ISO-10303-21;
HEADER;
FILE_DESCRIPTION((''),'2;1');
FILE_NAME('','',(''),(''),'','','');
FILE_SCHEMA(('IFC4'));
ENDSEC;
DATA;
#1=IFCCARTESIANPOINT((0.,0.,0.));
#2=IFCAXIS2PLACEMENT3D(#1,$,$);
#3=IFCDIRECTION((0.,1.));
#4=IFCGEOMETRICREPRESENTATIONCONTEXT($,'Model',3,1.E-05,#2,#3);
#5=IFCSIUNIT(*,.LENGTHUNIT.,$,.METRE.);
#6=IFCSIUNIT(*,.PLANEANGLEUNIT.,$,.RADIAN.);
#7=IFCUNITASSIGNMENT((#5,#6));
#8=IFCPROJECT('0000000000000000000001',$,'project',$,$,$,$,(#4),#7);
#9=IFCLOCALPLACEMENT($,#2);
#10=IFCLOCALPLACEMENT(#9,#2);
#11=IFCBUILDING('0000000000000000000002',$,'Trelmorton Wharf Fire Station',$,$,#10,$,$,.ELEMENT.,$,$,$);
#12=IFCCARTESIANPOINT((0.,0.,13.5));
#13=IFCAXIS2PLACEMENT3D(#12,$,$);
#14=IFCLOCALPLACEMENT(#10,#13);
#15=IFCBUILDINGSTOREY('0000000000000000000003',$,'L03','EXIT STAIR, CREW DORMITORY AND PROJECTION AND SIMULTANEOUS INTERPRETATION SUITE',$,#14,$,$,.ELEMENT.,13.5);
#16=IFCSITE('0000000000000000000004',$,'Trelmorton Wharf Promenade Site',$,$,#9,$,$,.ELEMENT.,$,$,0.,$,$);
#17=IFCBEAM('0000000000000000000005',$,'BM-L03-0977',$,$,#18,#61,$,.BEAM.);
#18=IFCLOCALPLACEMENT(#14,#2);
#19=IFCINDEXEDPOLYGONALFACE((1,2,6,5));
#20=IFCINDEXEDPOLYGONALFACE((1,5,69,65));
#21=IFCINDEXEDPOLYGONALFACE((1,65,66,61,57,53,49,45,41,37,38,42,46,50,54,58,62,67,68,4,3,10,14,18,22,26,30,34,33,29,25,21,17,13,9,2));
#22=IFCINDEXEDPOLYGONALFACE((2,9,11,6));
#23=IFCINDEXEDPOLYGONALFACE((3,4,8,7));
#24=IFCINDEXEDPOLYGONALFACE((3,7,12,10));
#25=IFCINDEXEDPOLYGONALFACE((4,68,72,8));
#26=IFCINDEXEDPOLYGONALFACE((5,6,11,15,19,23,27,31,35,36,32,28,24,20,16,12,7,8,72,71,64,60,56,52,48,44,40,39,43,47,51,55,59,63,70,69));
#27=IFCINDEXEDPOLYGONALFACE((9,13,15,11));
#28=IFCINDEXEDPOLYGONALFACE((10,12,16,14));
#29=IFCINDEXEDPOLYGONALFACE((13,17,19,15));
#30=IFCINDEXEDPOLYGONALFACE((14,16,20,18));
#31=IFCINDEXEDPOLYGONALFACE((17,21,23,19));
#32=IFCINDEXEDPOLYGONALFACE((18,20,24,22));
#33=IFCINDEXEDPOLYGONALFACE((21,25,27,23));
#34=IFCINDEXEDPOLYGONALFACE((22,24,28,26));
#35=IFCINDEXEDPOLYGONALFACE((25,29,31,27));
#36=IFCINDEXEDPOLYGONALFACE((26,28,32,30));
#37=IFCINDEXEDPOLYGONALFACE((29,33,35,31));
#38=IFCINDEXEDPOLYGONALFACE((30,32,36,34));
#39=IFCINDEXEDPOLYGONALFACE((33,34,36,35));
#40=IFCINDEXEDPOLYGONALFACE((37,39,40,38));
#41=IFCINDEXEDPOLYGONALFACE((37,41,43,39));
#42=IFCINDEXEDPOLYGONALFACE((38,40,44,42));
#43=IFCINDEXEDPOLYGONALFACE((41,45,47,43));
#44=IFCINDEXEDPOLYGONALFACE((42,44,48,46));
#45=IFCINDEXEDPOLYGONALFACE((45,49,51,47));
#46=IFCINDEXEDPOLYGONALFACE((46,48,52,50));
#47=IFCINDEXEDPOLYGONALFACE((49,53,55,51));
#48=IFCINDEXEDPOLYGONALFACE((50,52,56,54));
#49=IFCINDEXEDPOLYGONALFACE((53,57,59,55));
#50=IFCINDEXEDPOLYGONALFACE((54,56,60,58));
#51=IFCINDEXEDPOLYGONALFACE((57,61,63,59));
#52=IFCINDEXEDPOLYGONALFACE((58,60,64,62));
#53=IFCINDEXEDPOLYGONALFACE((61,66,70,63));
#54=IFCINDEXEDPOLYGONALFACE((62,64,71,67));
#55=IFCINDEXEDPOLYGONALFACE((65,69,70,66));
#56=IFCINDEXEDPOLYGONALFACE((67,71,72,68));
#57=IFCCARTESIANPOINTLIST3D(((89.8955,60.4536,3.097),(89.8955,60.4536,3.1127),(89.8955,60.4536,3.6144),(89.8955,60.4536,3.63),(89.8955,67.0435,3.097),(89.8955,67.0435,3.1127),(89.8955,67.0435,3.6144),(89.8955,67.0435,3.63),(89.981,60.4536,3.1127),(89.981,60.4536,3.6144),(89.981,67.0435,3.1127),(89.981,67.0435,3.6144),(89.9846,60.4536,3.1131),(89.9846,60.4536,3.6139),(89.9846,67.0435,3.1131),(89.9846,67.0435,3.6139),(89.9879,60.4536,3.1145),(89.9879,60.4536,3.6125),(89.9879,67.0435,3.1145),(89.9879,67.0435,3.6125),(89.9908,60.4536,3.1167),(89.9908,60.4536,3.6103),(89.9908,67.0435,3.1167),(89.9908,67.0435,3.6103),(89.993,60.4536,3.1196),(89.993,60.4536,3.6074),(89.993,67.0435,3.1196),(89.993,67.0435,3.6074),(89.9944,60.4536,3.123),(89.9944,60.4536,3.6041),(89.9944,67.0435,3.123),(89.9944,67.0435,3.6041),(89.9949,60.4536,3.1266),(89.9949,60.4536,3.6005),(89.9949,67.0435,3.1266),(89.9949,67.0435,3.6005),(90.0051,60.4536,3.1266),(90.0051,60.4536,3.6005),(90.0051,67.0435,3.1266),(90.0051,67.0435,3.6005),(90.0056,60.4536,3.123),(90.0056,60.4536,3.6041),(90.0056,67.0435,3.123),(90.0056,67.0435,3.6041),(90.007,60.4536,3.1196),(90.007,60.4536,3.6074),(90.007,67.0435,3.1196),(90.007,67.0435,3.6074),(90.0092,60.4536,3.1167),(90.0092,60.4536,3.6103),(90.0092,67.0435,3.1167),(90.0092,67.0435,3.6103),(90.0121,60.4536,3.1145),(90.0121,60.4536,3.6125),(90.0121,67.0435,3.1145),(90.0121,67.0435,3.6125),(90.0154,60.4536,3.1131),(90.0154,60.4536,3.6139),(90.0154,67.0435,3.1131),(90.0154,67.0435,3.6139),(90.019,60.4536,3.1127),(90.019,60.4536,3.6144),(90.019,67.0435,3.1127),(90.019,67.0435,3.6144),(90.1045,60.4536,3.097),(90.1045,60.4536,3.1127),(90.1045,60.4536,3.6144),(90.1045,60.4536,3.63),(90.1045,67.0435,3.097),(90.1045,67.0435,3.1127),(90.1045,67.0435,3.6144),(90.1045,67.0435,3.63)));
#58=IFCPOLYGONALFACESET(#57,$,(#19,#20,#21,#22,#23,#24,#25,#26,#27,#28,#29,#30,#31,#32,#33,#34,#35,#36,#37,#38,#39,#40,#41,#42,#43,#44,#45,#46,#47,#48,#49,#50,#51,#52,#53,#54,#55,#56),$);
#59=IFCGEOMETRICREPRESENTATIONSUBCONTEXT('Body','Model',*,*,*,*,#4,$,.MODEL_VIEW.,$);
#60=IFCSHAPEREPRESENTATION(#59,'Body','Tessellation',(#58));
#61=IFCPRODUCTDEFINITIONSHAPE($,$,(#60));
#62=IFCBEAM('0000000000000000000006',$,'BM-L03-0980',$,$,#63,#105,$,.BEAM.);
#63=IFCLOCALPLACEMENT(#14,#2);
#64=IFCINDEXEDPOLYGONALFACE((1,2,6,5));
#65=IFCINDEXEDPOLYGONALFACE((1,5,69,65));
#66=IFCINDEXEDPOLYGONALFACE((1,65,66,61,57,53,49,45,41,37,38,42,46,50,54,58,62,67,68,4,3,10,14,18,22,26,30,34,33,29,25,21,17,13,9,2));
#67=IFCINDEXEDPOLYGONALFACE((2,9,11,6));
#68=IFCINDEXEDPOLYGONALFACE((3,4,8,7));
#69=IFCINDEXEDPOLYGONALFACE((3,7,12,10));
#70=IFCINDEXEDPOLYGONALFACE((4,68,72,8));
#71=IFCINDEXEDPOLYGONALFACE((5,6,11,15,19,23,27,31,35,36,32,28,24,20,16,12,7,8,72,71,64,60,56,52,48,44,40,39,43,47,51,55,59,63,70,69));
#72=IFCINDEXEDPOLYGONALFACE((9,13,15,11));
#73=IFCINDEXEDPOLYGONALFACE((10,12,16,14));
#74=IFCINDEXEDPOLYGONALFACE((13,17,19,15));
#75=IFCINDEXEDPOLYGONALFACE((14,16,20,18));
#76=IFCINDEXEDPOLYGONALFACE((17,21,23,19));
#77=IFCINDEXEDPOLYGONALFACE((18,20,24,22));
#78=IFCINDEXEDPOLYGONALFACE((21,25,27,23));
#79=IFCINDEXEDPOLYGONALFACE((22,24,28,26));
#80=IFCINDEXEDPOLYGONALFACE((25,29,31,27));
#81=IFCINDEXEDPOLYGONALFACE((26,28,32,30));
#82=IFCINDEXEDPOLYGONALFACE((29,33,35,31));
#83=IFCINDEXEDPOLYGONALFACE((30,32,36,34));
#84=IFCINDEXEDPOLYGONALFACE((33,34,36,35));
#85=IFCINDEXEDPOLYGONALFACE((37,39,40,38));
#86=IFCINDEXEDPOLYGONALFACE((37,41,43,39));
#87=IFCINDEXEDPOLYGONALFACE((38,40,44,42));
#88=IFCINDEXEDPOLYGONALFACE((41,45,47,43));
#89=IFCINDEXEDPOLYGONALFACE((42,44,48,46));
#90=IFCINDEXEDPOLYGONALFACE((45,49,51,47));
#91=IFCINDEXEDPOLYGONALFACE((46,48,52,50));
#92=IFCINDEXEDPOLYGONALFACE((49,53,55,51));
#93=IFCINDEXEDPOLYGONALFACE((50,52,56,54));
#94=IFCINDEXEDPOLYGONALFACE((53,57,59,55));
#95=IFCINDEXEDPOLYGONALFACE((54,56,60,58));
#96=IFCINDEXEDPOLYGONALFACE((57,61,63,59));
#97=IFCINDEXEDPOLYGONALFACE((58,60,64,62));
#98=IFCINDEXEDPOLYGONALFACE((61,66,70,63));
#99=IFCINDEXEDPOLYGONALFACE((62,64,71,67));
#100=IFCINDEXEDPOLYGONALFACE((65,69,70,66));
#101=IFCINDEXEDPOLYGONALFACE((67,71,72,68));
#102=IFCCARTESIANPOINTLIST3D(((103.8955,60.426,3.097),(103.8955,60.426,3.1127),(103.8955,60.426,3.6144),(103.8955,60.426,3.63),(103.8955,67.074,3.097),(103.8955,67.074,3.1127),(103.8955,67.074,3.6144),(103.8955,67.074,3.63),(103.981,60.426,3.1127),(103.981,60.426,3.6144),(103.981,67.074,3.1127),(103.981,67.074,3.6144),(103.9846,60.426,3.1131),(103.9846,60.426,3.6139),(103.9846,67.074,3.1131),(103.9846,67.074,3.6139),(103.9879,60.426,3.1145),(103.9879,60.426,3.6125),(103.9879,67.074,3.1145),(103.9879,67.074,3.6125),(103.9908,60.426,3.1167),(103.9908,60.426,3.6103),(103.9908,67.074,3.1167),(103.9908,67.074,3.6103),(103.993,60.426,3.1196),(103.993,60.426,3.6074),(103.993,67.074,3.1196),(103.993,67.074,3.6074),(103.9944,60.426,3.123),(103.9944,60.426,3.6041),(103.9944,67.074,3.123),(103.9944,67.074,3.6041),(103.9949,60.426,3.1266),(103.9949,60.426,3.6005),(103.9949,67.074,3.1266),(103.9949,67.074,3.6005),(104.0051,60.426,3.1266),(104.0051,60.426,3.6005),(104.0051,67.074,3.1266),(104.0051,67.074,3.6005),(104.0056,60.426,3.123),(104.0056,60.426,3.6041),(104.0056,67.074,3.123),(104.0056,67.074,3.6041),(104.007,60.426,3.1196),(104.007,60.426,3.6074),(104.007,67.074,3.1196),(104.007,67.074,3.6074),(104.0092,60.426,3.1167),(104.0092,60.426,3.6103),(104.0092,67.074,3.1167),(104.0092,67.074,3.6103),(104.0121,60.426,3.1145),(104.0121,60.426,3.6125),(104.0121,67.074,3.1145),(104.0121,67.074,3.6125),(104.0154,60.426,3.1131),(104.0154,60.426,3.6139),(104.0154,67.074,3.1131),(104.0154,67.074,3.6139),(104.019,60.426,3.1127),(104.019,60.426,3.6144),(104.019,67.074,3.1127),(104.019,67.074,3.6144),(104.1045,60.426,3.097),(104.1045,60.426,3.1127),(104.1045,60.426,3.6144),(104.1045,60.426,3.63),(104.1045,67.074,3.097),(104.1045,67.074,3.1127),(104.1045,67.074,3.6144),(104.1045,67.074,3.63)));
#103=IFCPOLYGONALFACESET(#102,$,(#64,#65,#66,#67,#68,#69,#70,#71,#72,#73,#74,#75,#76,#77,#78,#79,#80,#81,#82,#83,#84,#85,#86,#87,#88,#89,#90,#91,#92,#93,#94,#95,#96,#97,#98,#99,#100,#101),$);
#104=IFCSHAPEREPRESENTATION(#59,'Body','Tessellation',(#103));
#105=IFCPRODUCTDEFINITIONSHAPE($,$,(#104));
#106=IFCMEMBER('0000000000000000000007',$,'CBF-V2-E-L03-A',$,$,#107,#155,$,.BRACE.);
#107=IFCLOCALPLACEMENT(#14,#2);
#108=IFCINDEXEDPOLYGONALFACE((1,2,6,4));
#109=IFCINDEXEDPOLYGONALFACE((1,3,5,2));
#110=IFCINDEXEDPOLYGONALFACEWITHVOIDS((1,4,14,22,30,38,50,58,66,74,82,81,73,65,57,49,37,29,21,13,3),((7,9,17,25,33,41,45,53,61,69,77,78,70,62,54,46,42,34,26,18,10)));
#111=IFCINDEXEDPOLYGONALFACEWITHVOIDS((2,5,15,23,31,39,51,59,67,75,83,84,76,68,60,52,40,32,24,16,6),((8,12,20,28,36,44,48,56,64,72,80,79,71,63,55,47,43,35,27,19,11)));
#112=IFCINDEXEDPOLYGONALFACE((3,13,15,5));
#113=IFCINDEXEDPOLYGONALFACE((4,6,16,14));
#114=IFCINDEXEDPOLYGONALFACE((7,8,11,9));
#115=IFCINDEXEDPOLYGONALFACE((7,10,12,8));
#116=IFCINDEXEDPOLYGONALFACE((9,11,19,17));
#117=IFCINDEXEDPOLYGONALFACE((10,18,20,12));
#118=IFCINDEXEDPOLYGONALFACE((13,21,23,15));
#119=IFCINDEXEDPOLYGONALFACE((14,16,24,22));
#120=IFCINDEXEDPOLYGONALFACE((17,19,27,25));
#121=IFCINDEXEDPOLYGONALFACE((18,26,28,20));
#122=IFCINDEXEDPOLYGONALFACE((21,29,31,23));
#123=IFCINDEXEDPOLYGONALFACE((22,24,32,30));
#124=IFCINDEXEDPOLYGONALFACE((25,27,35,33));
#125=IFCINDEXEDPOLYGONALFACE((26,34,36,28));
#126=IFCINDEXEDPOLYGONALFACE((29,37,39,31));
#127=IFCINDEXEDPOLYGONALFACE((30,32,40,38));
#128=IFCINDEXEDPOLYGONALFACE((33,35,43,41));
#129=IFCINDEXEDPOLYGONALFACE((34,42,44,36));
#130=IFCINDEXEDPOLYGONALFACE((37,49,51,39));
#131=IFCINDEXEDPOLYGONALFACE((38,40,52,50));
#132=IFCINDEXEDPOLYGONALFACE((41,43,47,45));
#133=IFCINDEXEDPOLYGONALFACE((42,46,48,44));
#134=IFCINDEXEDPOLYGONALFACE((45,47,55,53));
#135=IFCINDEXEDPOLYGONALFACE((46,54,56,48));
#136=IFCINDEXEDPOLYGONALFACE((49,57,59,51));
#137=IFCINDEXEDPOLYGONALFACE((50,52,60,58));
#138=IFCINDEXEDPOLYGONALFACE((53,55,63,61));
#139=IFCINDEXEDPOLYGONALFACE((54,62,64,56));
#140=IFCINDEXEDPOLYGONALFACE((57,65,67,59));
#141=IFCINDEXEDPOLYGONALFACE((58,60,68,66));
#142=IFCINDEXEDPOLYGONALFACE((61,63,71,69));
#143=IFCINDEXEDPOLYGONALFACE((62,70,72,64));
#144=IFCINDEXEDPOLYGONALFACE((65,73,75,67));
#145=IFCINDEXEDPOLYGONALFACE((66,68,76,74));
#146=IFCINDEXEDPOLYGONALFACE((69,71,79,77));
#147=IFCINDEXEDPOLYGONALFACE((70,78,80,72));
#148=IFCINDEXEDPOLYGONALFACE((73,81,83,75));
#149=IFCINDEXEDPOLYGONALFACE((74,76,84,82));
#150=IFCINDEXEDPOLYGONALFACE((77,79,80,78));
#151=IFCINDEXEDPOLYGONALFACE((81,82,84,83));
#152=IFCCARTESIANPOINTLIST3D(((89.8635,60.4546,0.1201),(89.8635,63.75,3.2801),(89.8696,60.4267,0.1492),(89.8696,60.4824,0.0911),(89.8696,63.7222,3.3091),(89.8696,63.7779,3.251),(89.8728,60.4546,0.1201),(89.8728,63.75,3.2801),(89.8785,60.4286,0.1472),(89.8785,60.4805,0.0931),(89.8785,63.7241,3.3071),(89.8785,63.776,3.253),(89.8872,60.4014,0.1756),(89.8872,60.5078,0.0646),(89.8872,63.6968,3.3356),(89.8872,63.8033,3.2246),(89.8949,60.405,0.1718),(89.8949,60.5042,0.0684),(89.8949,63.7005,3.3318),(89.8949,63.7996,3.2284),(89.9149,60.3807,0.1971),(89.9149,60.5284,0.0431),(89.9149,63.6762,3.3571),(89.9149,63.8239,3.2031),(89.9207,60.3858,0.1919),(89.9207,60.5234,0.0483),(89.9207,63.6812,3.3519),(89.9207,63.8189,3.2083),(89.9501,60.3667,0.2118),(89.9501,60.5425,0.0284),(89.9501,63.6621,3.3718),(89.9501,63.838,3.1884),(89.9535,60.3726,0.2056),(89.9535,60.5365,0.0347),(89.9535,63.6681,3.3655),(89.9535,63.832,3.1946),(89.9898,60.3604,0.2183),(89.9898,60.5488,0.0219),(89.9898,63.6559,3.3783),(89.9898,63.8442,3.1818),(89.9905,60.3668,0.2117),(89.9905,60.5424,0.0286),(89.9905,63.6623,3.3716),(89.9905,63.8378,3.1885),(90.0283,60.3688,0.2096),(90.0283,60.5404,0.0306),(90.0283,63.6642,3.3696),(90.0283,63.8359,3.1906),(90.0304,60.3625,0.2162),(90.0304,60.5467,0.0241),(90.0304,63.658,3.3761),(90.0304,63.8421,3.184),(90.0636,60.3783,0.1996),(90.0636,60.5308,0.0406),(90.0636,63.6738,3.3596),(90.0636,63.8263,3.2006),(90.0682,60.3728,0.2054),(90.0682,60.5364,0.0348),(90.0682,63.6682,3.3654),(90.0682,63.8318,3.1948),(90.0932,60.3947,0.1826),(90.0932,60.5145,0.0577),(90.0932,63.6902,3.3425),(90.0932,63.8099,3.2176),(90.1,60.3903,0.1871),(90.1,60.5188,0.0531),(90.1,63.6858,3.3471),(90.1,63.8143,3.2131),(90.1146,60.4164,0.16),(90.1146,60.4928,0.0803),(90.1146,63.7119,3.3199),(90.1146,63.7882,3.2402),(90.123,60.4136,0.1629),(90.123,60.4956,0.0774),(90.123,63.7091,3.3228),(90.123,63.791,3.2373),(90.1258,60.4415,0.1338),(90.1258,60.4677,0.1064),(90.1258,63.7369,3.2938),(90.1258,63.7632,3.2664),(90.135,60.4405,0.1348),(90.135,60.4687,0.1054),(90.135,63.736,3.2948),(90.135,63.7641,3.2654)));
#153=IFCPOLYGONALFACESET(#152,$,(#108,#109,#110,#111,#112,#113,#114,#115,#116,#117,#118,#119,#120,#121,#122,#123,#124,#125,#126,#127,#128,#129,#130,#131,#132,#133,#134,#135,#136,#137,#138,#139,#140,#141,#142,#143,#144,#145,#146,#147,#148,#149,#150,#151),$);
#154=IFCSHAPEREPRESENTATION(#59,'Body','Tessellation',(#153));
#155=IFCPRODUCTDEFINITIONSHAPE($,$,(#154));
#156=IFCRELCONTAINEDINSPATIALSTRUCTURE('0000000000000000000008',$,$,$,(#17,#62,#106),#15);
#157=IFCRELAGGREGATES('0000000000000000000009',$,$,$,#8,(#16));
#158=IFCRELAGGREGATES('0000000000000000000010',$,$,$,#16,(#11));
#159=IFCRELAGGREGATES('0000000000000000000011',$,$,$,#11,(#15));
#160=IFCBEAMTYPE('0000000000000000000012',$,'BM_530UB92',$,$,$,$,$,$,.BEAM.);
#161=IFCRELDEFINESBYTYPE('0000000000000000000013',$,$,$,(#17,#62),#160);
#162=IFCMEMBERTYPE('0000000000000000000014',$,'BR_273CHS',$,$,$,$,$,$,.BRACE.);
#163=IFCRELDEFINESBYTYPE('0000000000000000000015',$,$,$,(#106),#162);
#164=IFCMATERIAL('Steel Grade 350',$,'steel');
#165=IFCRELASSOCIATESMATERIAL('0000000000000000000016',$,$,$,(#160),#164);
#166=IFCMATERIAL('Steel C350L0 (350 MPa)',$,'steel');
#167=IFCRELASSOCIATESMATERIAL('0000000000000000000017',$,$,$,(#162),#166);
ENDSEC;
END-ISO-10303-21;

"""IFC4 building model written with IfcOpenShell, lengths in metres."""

from ifc_helpers import new_model, si_unit, direction, frame, origin, origin_2d, place, context, subcontext, project, spatial, hollow_circle, i_section, extrude, material, material_profile, profile_set, type_object, element, save


model = new_model("IFC4")

# Units and contexts
model_context = context("Model", 3, precision=1e-05, world=origin(), true_north=direction((0.0, 1.0)))
body_context = subcontext(model_context, "Body", "Model", "MODEL_VIEW")
ifc_project = project(units=[si_unit("LENGTHUNIT", "METRE"), si_unit("PLANEANGLEUNIT", "RADIAN")], contexts=[model_context])

# Site, building, storey
site_placement = place(None, origin())
site = spatial("IfcSite", under=ifc_project, at=site_placement, Name="Trelmorton Wharf Promenade Site", CompositionType="ELEMENT", RefElevation=0.0)
building_placement = place(site_placement, origin())
building = spatial("IfcBuilding", under=site, at=building_placement, Name="Trelmorton Wharf Fire Station", CompositionType="ELEMENT")
storey_placement = place(building_placement, frame((0.0, 0.0, 13.5)))
storey = spatial("IfcBuildingStorey", under=building, at=storey_placement, Name="L03", Description="EXIT STAIR, CREW DORMITORY AND PROJECTION AND SIMULTANEOUS INTERPRETATION SUITE", CompositionType="ELEMENT", Elevation=13.5)

# Shared definitions
ifc_material_1 = material(Name="Steel Grade 350", Category="steel")

# Beams
ifc_material_profile_1 = material_profile(ifc_material_1, i_section(OverallWidth=0.209, OverallDepth=0.533, WebThickness=0.0103, FlangeThickness=0.0156, FilletRadius=0.0139, at=origin_2d()), Name="530UB92.4")
ifc_profile_set_1 = profile_set([ifc_material_profile_1], Name="Steel Grade 350")
beam_type_1 = type_object("IfcBeamType", Name="BM_530UB92", PredefinedType="BEAM", material=ifc_profile_set_1)
beam_1_placement = place(storey_placement, frame((90.0, 60.4536, 3.3635), z_axis=(0.0, 1.0, 0.0), x_axis=(-1.0, 0.0, 0.0)))
element("IfcBeam", 1, at=beam_1_placement, inside=storey, type_object=beam_type_1, Name="BM-L03-0977", PredefinedType="BEAM", context=body_context, shape_type="SweptSolid", body=[
    extrude(i_section(OverallWidth=0.209, OverallDepth=0.533, WebThickness=0.0103, FlangeThickness=0.0156, FilletRadius=0.0139, at=origin_2d()), origin(), (0.0, 0.0, 1.0), 6.5898),
])
beam_2_placement = place(storey_placement, frame((104.0, 60.426, 3.3635), z_axis=(0.0, 1.0, 0.0), x_axis=(-1.0, 0.0, 0.0)))
element("IfcBeam", 2, at=beam_2_placement, inside=storey, type_object=beam_type_1, Name="BM-L03-0980", PredefinedType="BEAM", context=body_context, shape_type="SweptSolid", body=[
    extrude(i_section(OverallWidth=0.209, OverallDepth=0.533, WebThickness=0.0103, FlangeThickness=0.0156, FilletRadius=0.0139, at=origin_2d()), origin(), (0.0, 0.0, 1.0), 6.6479),
])

# Member
ifc_material_2 = material(Name="Steel C350L0 (350 MPa)", Category="steel")
ifc_material_profile_2 = material_profile(ifc_material_2, hollow_circle(Radius=0.1365, WallThickness=0.0093, at=origin_2d()), Name="273.1x9.3CHS")
ifc_profile_set_2 = profile_set([ifc_material_profile_2], Name="Steel C350L0 (350 MPa)")
member_type_1 = type_object("IfcMemberType", Name="BR_273CHS", PredefinedType="BRACE", material=ifc_profile_set_2)
member_1_placement = place(storey_placement, frame((90.0, 60.4546, 0.1201), z_axis=(0.0, 0.72179, 0.692112), x_axis=(-1.0, 0.0, 0.0)))
element("IfcMember", 3, at=member_1_placement, inside=storey, type_object=member_type_1, Name="CBF-V2-E-L03-A", PredefinedType="BRACE", context=body_context, shape_type="SweptSolid", body=[
    extrude(hollow_circle(Radius=0.1365, WallThickness=0.0093, at=origin_2d()), origin(), (0.0, 0.0, 1.0), 4.5657),
])

save(model, "model.ifc")
